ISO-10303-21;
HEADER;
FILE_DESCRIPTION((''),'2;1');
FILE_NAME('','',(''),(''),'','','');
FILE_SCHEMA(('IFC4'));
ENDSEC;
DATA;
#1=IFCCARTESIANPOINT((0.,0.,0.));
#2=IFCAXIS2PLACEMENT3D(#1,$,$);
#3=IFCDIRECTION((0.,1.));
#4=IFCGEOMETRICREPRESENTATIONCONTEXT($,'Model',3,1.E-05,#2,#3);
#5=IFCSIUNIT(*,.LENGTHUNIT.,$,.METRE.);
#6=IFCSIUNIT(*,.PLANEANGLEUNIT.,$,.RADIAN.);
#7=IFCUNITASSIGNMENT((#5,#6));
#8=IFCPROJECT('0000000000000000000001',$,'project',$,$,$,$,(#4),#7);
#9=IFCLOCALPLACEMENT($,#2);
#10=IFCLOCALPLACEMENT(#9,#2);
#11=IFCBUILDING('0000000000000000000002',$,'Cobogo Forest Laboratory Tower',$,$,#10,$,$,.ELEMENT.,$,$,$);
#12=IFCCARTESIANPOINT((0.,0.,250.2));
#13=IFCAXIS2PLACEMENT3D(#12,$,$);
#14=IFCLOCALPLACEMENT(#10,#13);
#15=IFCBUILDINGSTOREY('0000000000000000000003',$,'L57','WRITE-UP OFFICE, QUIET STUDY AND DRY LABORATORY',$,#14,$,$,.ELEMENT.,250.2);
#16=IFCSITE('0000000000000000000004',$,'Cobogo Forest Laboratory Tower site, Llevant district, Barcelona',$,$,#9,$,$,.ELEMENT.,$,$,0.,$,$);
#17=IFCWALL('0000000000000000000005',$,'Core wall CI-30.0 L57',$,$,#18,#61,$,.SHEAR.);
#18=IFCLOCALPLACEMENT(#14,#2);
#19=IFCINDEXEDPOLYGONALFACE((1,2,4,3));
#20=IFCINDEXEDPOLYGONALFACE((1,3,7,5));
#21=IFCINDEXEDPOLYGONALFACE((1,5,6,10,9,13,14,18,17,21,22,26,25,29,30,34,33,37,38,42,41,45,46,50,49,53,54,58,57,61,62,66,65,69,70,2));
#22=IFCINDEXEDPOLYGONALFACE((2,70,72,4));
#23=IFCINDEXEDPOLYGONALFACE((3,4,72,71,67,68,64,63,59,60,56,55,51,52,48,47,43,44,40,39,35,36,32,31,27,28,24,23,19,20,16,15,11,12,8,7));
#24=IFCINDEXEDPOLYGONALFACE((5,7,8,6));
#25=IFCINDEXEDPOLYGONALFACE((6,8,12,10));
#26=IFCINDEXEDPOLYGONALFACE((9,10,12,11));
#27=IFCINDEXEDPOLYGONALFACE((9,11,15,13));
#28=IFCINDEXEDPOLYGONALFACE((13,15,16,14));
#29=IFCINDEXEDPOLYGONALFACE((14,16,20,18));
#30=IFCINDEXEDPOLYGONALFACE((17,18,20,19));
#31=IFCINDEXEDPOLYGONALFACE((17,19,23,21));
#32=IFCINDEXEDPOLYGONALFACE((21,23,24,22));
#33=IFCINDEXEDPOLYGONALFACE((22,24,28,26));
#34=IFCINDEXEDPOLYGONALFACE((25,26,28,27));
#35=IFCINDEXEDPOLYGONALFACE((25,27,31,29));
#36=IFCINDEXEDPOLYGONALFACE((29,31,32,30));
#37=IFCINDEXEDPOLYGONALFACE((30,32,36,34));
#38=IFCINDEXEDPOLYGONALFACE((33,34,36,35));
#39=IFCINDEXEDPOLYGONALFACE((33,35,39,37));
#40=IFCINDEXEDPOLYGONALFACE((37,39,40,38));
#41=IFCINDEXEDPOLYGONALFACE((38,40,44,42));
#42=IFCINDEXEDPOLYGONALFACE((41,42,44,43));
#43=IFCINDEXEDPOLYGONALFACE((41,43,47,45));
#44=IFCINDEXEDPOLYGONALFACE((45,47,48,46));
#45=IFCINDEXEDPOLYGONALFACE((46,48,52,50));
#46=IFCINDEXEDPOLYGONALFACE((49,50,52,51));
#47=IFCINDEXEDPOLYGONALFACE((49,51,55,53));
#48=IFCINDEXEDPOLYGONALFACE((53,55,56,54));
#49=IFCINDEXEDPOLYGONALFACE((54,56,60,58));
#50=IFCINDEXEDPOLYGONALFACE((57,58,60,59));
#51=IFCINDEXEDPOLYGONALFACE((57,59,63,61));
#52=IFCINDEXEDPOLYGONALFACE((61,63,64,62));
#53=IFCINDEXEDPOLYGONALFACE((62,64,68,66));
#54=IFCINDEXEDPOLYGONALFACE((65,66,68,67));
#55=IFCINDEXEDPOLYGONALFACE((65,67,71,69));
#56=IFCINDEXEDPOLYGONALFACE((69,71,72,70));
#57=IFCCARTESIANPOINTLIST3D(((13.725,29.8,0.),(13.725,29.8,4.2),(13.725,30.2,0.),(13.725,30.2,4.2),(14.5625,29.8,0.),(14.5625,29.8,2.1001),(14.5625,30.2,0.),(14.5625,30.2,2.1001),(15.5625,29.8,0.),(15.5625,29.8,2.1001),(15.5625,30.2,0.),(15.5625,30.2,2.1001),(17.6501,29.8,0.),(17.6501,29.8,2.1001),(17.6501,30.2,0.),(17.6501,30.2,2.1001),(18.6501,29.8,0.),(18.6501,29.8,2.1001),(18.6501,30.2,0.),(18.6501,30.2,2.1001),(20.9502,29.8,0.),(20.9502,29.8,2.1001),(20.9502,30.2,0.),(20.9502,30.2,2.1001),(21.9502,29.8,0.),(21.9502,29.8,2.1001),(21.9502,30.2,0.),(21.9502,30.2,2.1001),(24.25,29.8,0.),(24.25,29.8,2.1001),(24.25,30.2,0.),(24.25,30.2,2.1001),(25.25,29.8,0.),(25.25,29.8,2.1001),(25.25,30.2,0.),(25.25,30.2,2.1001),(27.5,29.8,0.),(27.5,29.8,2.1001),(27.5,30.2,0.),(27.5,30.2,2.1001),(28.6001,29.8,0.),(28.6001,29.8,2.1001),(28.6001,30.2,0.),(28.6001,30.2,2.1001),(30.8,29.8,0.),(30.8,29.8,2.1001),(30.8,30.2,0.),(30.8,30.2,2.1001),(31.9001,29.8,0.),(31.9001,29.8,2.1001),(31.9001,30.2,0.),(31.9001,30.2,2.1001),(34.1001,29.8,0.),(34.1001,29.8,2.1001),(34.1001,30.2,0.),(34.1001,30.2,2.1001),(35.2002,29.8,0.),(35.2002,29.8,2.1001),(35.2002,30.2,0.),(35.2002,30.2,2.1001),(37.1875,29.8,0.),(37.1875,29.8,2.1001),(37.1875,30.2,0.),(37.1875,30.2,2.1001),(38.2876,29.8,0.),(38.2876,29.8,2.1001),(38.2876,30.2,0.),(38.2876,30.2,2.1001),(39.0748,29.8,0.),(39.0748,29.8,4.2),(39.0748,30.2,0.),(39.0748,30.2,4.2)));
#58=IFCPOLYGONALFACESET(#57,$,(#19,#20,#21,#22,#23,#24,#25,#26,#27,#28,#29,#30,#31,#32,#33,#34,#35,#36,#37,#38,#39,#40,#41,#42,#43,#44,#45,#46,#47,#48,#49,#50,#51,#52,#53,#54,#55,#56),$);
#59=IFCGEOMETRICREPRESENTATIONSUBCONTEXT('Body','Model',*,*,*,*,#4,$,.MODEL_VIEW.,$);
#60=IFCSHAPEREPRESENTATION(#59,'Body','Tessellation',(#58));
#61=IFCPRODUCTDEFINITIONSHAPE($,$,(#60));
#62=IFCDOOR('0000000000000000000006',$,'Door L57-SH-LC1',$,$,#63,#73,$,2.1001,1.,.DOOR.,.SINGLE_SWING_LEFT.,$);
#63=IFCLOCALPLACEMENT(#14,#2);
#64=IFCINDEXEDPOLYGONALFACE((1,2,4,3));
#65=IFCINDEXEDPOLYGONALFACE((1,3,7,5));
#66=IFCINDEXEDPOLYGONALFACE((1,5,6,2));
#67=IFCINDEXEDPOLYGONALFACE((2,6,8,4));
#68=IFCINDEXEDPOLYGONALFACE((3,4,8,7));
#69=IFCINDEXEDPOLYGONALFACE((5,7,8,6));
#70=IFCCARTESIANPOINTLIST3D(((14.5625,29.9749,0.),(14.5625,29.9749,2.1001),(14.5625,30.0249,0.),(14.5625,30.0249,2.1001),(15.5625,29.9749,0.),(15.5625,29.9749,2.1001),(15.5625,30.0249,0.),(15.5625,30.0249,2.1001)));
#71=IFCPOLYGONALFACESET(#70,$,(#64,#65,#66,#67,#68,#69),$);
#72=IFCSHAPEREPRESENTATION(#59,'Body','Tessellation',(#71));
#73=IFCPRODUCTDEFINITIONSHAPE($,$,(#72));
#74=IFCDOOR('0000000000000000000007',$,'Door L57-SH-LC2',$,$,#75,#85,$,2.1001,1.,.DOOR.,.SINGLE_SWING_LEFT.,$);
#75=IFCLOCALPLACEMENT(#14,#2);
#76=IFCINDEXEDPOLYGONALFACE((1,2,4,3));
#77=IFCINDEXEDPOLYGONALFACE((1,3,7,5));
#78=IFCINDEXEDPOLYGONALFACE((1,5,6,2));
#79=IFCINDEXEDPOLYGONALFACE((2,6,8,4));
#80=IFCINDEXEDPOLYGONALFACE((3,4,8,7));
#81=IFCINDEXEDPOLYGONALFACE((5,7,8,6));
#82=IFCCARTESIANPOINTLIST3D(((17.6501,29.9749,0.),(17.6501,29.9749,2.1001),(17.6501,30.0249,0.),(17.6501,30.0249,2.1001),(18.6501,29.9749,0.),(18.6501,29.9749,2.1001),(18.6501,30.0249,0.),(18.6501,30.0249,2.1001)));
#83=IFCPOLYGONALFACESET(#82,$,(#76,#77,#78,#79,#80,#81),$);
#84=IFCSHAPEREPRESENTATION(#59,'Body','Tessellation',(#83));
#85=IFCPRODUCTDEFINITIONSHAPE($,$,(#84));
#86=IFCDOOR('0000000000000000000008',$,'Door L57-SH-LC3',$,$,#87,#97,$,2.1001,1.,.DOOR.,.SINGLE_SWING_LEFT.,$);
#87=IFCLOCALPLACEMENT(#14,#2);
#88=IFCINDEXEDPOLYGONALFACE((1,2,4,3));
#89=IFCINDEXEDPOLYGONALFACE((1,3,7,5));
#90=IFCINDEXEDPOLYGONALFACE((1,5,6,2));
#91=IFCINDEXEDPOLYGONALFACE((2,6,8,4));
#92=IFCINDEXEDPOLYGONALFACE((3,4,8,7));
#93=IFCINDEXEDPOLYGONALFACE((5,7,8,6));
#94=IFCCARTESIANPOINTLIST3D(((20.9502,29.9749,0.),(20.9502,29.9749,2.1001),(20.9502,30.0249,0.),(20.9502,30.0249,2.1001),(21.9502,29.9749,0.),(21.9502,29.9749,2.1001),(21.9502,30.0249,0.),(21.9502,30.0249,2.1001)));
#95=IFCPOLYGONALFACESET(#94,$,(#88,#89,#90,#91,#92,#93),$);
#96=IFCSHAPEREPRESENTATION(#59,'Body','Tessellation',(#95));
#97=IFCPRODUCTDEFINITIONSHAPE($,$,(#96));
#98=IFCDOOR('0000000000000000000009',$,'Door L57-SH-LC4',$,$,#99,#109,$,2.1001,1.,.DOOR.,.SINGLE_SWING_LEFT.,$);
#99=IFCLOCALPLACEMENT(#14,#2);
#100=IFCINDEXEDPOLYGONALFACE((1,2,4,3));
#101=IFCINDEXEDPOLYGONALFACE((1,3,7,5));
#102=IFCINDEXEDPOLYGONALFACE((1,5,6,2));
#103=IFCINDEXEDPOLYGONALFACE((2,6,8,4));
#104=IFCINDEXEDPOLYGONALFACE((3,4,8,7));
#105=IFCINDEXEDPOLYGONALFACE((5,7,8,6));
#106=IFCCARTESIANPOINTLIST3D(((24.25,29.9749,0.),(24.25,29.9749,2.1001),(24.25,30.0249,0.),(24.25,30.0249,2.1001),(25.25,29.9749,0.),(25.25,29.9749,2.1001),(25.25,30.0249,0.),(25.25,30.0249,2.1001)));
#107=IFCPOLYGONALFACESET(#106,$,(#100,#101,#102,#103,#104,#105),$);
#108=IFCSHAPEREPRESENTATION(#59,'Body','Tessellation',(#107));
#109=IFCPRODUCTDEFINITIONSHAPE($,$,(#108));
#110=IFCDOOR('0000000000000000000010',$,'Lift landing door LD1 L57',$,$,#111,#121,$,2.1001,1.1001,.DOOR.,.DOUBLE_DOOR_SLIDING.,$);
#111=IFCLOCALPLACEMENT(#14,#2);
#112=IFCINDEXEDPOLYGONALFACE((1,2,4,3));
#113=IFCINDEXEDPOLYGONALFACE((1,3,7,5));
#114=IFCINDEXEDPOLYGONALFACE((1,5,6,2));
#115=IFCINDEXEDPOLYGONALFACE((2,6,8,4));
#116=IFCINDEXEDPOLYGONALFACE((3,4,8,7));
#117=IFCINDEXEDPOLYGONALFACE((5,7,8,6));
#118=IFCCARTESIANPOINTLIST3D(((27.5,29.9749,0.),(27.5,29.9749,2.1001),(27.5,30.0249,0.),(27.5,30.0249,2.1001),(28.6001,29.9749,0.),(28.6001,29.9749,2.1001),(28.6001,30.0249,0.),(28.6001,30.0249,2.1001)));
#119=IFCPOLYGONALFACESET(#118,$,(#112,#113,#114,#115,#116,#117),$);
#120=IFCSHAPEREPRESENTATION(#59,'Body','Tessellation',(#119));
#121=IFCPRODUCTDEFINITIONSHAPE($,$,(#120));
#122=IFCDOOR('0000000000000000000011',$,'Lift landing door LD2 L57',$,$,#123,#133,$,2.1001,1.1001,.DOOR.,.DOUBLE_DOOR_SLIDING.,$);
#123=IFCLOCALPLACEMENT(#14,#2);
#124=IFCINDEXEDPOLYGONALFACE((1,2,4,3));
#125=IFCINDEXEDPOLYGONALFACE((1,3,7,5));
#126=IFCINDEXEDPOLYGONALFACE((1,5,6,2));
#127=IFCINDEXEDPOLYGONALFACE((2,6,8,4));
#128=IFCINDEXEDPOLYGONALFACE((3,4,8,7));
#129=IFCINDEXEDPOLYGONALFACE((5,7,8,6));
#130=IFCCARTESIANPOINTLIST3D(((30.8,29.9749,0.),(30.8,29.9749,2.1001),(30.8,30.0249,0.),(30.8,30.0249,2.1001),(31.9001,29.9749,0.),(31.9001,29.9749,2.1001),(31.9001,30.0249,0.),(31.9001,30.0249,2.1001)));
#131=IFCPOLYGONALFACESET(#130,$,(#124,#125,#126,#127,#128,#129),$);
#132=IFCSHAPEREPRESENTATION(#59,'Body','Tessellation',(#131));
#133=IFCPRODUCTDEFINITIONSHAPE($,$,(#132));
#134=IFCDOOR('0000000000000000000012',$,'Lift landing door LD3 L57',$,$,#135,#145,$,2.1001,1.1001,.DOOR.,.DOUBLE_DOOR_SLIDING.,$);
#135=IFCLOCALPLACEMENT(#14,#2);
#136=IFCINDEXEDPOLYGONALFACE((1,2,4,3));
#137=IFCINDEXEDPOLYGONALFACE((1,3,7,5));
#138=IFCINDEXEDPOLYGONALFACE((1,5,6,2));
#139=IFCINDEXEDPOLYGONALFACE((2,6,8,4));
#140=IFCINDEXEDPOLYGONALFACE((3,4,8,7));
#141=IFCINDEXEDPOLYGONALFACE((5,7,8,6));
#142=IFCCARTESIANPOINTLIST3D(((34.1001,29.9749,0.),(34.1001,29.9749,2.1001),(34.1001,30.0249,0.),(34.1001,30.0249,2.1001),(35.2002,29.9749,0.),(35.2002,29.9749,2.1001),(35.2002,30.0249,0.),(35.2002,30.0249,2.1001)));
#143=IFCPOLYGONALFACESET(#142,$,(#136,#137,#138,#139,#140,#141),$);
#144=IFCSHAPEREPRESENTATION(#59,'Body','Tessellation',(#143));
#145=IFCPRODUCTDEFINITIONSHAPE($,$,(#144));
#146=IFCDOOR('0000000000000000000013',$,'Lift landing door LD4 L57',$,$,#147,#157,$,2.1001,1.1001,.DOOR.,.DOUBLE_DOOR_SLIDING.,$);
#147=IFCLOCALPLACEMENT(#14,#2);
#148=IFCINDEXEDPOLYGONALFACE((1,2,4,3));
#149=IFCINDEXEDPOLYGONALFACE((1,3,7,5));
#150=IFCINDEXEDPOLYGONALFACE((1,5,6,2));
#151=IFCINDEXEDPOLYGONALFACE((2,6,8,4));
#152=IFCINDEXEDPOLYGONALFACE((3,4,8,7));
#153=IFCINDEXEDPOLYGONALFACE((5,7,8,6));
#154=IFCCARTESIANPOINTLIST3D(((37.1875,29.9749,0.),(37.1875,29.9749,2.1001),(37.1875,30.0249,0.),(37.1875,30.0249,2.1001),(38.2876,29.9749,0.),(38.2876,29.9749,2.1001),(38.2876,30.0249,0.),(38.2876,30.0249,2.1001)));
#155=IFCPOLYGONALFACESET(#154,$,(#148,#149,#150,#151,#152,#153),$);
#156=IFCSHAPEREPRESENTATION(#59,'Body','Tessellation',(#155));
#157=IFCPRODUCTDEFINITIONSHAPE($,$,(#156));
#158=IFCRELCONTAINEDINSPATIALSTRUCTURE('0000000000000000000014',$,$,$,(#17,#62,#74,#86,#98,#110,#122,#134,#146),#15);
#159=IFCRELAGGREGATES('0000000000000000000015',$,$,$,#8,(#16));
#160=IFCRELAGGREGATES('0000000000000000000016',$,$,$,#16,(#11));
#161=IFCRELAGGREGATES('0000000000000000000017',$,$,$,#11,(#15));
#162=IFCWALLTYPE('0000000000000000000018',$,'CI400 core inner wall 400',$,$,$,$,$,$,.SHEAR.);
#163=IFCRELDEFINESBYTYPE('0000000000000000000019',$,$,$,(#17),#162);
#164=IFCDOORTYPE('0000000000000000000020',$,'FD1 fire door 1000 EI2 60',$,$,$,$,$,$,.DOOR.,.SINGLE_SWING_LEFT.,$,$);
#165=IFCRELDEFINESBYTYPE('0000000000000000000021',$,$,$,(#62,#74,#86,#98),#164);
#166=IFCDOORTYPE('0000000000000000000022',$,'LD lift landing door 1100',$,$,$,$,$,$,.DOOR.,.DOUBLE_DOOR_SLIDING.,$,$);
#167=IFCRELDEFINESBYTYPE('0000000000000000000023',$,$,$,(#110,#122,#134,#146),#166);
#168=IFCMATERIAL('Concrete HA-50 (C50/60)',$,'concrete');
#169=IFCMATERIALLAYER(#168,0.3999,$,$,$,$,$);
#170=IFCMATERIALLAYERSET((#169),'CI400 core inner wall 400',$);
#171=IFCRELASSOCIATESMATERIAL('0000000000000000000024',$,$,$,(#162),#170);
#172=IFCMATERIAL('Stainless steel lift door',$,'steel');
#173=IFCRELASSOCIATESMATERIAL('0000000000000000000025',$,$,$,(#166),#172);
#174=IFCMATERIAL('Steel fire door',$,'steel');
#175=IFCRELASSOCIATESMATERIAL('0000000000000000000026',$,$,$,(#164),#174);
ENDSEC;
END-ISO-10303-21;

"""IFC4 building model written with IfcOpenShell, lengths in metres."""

from ifc_helpers import new_model, si_unit, direction, frame, frame_2d, origin, place, context, subcontext, project, spatial, rectangle, extrude, material, layer, layer_set, type_object, element, fill, save


model = new_model("IFC4")

# Units and contexts
model_context = context("Model", 3, precision=1e-05, world=origin(), true_north=direction((0.0, 1.0)))
body_context = subcontext(model_context, "Body", "Model", "MODEL_VIEW")
ifc_project = project(units=[si_unit("LENGTHUNIT", "METRE"), si_unit("PLANEANGLEUNIT", "RADIAN")], contexts=[model_context])

# Site, building, storey
site_placement = place(None, origin())
site = spatial("IfcSite", under=ifc_project, at=site_placement, Name="Cobogo Forest Laboratory Tower site, Llevant district, Barcelona", CompositionType="ELEMENT", RefElevation=0.0)
building_placement = place(site_placement, origin())
building = spatial("IfcBuilding", under=site, at=building_placement, Name="Cobogo Forest Laboratory Tower", CompositionType="ELEMENT")
storey_placement = place(building_placement, frame((0.0, 0.0, 250.2)))
storey = spatial("IfcBuildingStorey", under=building, at=storey_placement, Name="L57", Description="WRITE-UP OFFICE, QUIET STUDY AND DRY LABORATORY", CompositionType="ELEMENT", Elevation=250.2)

# Wall, openings, doors
ifc_material_1 = material(Name="Concrete HA-50 (C50/60)", Category="concrete")
ifc_layer_1 = layer(ifc_material_1, 0.3999)
ifc_layer_set_1 = layer_set([ifc_layer_1], Name="CI400 core inner wall 400")
wall_type_1 = type_object("IfcWallType", Name="CI400 core inner wall 400", PredefinedType="SHEAR", material=ifc_layer_set_1)
ifc_material_2 = material(Name="Steel fire door", Category="steel")
ifc_material_3 = material(Name="Stainless steel lift door", Category="steel")
door_type_1 = type_object("IfcDoorType", Name="LD lift landing door 1100", OperationType="DOUBLE_DOOR_SLIDING", PredefinedType="DOOR", material=ifc_material_3)
wall_1_placement = place(storey_placement, frame((13.7251, 30.0, 0.0), z_axis=(0.0, 0.0, 1.0), x_axis=(1.0, 0.0, 0.0)))
wall_1 = element("IfcWall", 1, at=wall_1_placement, inside=storey, type_object=wall_type_1, Name="Core wall CI-30.0 L57", PredefinedType="SHEAR", context=body_context, shape_type="SweptSolid", body=[
    extrude(rectangle(XDim=25.3499, YDim=0.3999, at=frame_2d((12.6748, 0.0))), origin(), (0.0, 0.0, 1.0), 4.2),
])
opening_1_placement = place(wall_1_placement, frame((0.8374, 0.0, 0.0)))
opening_1 = element("IfcOpeningElement", 2, at=opening_1_placement, cuts=wall_1, PredefinedType="OPENING", context=body_context, shape_type="SweptSolid", body=[
    extrude(rectangle(XDim=1.0, YDim=2.1001, at=frame_2d((0.5, 1.05))), frame((0.0, 0.21, 0.0), z_axis=(0.0, -1.0, 0.0), x_axis=(1.0, 0.0, 0.0)), (0.0, 0.0, 1.0), 0.4199),
])
opening_2_placement = place(wall_1_placement, frame((3.925, 0.0, 0.0)))
opening_2 = element("IfcOpeningElement", 3, at=opening_2_placement, cuts=wall_1, PredefinedType="OPENING", context=body_context, shape_type="SweptSolid", body=[
    extrude(rectangle(XDim=1.0, YDim=2.1001, at=frame_2d((0.5, 1.05))), frame((0.0, 0.21, 0.0), z_axis=(0.0, -1.0, 0.0), x_axis=(1.0, 0.0, 0.0)), (0.0, 0.0, 1.0), 0.4199),
])
opening_3_placement = place(wall_1_placement, frame((7.2251, 0.0, 0.0)))
opening_3 = element("IfcOpeningElement", 4, at=opening_3_placement, cuts=wall_1, PredefinedType="OPENING", context=body_context, shape_type="SweptSolid", body=[
    extrude(rectangle(XDim=1.0, YDim=2.1001, at=frame_2d((0.5, 1.05))), frame((0.0, 0.21, 0.0), z_axis=(0.0, -1.0, 0.0), x_axis=(1.0, 0.0, 0.0)), (0.0, 0.0, 1.0), 0.4199),
])
opening_4_placement = place(wall_1_placement, frame((10.5249, 0.0, 0.0)))
opening_4 = element("IfcOpeningElement", 5, at=opening_4_placement, cuts=wall_1, PredefinedType="OPENING", context=body_context, shape_type="SweptSolid", body=[
    extrude(rectangle(XDim=1.0, YDim=2.1001, at=frame_2d((0.5, 1.05))), frame((0.0, 0.21, 0.0), z_axis=(0.0, -1.0, 0.0), x_axis=(1.0, 0.0, 0.0)), (0.0, 0.0, 1.0), 0.4199),
])
opening_5_placement = place(wall_1_placement, frame((13.7749, 0.0, 0.0)))
opening_5 = element("IfcOpeningElement", 6, at=opening_5_placement, cuts=wall_1, PredefinedType="OPENING", context=body_context, shape_type="SweptSolid", body=[
    extrude(rectangle(XDim=1.1001, YDim=2.1001, at=frame_2d((0.55, 1.05))), frame((0.0, 0.21, 0.0), z_axis=(0.0, -1.0, 0.0), x_axis=(1.0, 0.0, 0.0)), (0.0, 0.0, 1.0), 0.4199),
])
opening_6_placement = place(wall_1_placement, frame((17.075, 0.0, 0.0)))
opening_6 = element("IfcOpeningElement", 7, at=opening_6_placement, cuts=wall_1, PredefinedType="OPENING", context=body_context, shape_type="SweptSolid", body=[
    extrude(rectangle(XDim=1.1001, YDim=2.1001, at=frame_2d((0.55, 1.05))), frame((0.0, 0.21, 0.0), z_axis=(0.0, -1.0, 0.0), x_axis=(1.0, 0.0, 0.0)), (0.0, 0.0, 1.0), 0.4199),
])
opening_7_placement = place(wall_1_placement, frame((20.375, 0.0, 0.0)))
opening_7 = element("IfcOpeningElement", 8, at=opening_7_placement, cuts=wall_1, PredefinedType="OPENING", context=body_context, shape_type="SweptSolid", body=[
    extrude(rectangle(XDim=1.1001, YDim=2.1001, at=frame_2d((0.55, 1.05))), frame((0.0, 0.21, 0.0), z_axis=(0.0, -1.0, 0.0), x_axis=(1.0, 0.0, 0.0)), (0.0, 0.0, 1.0), 0.4199),
])
opening_8_placement = place(wall_1_placement, frame((23.4624, 0.0, 0.0)))
opening_8 = element("IfcOpeningElement", 9, at=opening_8_placement, cuts=wall_1, PredefinedType="OPENING", context=body_context, shape_type="SweptSolid", body=[
    extrude(rectangle(XDim=1.1001, YDim=2.1001, at=frame_2d((0.55, 1.05))), frame((0.0, 0.21, 0.0), z_axis=(0.0, -1.0, 0.0), x_axis=(1.0, 0.0, 0.0)), (0.0, 0.0, 1.0), 0.4199),
])
door_type_2 = type_object("IfcDoorType", Name="FD1 fire door 1000 EI2 60", OperationType="SINGLE_SWING_LEFT", PredefinedType="DOOR", material=ifc_material_2)
door_1_placement = place(opening_1_placement, origin())
door_1 = element("IfcDoor", 10, at=door_1_placement, inside=storey, type_object=door_type_2, Name="Door L57-SH-LC1", OperationType="SINGLE_SWING_LEFT", OverallHeight=2.1001, OverallWidth=1.0, PredefinedType="DOOR", context=body_context, shape_type="SweptSolid", body=[
    extrude(rectangle(XDim=1.0, YDim=2.1001, at=frame_2d((0.5, 1.05))), frame((0.0, 0.0249, 0.0), z_axis=(0.0, -1.0, 0.0), x_axis=(1.0, 0.0, 0.0)), (0.0, 0.0, 1.0), 0.05),
])
fill(opening_1, door_1)
door_2_placement = place(opening_2_placement, origin())
door_2 = element("IfcDoor", 11, at=door_2_placement, inside=storey, type_object=door_type_2, Name="Door L57-SH-LC2", OperationType="SINGLE_SWING_LEFT", OverallHeight=2.1001, OverallWidth=1.0, PredefinedType="DOOR", context=body_context, shape_type="SweptSolid", body=[
    extrude(rectangle(XDim=1.0, YDim=2.1001, at=frame_2d((0.5, 1.05))), frame((0.0, 0.0249, 0.0), z_axis=(0.0, -1.0, 0.0), x_axis=(1.0, 0.0, 0.0)), (0.0, 0.0, 1.0), 0.05),
])
fill(opening_2, door_2)
door_3_placement = place(opening_3_placement, origin())
door_3 = element("IfcDoor", 12, at=door_3_placement, inside=storey, type_object=door_type_2, Name="Door L57-SH-LC3", OperationType="SINGLE_SWING_LEFT", OverallHeight=2.1001, OverallWidth=1.0, PredefinedType="DOOR", context=body_context, shape_type="SweptSolid", body=[
    extrude(rectangle(XDim=1.0, YDim=2.1001, at=frame_2d((0.5, 1.05))), frame((0.0, 0.0249, 0.0), z_axis=(0.0, -1.0, 0.0), x_axis=(1.0, 0.0, 0.0)), (0.0, 0.0, 1.0), 0.05),
])
fill(opening_3, door_3)
door_4_placement = place(opening_4_placement, origin())
door_4 = element("IfcDoor", 13, at=door_4_placement, inside=storey, type_object=door_type_2, Name="Door L57-SH-LC4", OperationType="SINGLE_SWING_LEFT", OverallHeight=2.1001, OverallWidth=1.0, PredefinedType="DOOR", context=body_context, shape_type="SweptSolid", body=[
    extrude(rectangle(XDim=1.0, YDim=2.1001, at=frame_2d((0.5, 1.05))), frame((0.0, 0.0249, 0.0), z_axis=(0.0, -1.0, 0.0), x_axis=(1.0, 0.0, 0.0)), (0.0, 0.0, 1.0), 0.05),
])
fill(opening_4, door_4)
door_5_placement = place(opening_5_placement, origin())
door_5 = element("IfcDoor", 14, at=door_5_placement, inside=storey, type_object=door_type_1, Name="Lift landing door LD1 L57", OperationType="DOUBLE_DOOR_SLIDING", OverallHeight=2.1001, OverallWidth=1.1001, PredefinedType="DOOR", context=body_context, shape_type="SweptSolid", body=[
    extrude(rectangle(XDim=1.1001, YDim=2.1001, at=frame_2d((0.55, 1.05))), frame((0.0, 0.0249, 0.0), z_axis=(0.0, -1.0, 0.0), x_axis=(1.0, 0.0, 0.0)), (0.0, 0.0, 1.0), 0.05),
])
fill(opening_5, door_5)
door_6_placement = place(opening_6_placement, origin())
door_6 = element("IfcDoor", 15, at=door_6_placement, inside=storey, type_object=door_type_1, Name="Lift landing door LD2 L57", OperationType="DOUBLE_DOOR_SLIDING", OverallHeight=2.1001, OverallWidth=1.1001, PredefinedType="DOOR", context=body_context, shape_type="SweptSolid", body=[
    extrude(rectangle(XDim=1.1001, YDim=2.1001, at=frame_2d((0.55, 1.05))), frame((0.0, 0.0249, 0.0), z_axis=(0.0, -1.0, 0.0), x_axis=(1.0, 0.0, 0.0)), (0.0, 0.0, 1.0), 0.05),
])
fill(opening_6, door_6)
door_7_placement = place(opening_7_placement, origin())
door_7 = element("IfcDoor", 16, at=door_7_placement, inside=storey, type_object=door_type_1, Name="Lift landing door LD3 L57", OperationType="DOUBLE_DOOR_SLIDING", OverallHeight=2.1001, OverallWidth=1.1001, PredefinedType="DOOR", context=body_context, shape_type="SweptSolid", body=[
    extrude(rectangle(XDim=1.1001, YDim=2.1001, at=frame_2d((0.55, 1.05))), frame((0.0, 0.0249, 0.0), z_axis=(0.0, -1.0, 0.0), x_axis=(1.0, 0.0, 0.0)), (0.0, 0.0, 1.0), 0.05),
])
fill(opening_7, door_7)
door_8_placement = place(opening_8_placement, origin())
door_8 = element("IfcDoor", 17, at=door_8_placement, inside=storey, type_object=door_type_1, Name="Lift landing door LD4 L57", OperationType="DOUBLE_DOOR_SLIDING", OverallHeight=2.1001, OverallWidth=1.1001, PredefinedType="DOOR", context=body_context, shape_type="SweptSolid", body=[
    extrude(rectangle(XDim=1.1001, YDim=2.1001, at=frame_2d((0.55, 1.05))), frame((0.0, 0.0249, 0.0), z_axis=(0.0, -1.0, 0.0), x_axis=(1.0, 0.0, 0.0)), (0.0, 0.0, 1.0), 0.05),
])
fill(opening_8, door_8)

save(model, "model.ifc")
